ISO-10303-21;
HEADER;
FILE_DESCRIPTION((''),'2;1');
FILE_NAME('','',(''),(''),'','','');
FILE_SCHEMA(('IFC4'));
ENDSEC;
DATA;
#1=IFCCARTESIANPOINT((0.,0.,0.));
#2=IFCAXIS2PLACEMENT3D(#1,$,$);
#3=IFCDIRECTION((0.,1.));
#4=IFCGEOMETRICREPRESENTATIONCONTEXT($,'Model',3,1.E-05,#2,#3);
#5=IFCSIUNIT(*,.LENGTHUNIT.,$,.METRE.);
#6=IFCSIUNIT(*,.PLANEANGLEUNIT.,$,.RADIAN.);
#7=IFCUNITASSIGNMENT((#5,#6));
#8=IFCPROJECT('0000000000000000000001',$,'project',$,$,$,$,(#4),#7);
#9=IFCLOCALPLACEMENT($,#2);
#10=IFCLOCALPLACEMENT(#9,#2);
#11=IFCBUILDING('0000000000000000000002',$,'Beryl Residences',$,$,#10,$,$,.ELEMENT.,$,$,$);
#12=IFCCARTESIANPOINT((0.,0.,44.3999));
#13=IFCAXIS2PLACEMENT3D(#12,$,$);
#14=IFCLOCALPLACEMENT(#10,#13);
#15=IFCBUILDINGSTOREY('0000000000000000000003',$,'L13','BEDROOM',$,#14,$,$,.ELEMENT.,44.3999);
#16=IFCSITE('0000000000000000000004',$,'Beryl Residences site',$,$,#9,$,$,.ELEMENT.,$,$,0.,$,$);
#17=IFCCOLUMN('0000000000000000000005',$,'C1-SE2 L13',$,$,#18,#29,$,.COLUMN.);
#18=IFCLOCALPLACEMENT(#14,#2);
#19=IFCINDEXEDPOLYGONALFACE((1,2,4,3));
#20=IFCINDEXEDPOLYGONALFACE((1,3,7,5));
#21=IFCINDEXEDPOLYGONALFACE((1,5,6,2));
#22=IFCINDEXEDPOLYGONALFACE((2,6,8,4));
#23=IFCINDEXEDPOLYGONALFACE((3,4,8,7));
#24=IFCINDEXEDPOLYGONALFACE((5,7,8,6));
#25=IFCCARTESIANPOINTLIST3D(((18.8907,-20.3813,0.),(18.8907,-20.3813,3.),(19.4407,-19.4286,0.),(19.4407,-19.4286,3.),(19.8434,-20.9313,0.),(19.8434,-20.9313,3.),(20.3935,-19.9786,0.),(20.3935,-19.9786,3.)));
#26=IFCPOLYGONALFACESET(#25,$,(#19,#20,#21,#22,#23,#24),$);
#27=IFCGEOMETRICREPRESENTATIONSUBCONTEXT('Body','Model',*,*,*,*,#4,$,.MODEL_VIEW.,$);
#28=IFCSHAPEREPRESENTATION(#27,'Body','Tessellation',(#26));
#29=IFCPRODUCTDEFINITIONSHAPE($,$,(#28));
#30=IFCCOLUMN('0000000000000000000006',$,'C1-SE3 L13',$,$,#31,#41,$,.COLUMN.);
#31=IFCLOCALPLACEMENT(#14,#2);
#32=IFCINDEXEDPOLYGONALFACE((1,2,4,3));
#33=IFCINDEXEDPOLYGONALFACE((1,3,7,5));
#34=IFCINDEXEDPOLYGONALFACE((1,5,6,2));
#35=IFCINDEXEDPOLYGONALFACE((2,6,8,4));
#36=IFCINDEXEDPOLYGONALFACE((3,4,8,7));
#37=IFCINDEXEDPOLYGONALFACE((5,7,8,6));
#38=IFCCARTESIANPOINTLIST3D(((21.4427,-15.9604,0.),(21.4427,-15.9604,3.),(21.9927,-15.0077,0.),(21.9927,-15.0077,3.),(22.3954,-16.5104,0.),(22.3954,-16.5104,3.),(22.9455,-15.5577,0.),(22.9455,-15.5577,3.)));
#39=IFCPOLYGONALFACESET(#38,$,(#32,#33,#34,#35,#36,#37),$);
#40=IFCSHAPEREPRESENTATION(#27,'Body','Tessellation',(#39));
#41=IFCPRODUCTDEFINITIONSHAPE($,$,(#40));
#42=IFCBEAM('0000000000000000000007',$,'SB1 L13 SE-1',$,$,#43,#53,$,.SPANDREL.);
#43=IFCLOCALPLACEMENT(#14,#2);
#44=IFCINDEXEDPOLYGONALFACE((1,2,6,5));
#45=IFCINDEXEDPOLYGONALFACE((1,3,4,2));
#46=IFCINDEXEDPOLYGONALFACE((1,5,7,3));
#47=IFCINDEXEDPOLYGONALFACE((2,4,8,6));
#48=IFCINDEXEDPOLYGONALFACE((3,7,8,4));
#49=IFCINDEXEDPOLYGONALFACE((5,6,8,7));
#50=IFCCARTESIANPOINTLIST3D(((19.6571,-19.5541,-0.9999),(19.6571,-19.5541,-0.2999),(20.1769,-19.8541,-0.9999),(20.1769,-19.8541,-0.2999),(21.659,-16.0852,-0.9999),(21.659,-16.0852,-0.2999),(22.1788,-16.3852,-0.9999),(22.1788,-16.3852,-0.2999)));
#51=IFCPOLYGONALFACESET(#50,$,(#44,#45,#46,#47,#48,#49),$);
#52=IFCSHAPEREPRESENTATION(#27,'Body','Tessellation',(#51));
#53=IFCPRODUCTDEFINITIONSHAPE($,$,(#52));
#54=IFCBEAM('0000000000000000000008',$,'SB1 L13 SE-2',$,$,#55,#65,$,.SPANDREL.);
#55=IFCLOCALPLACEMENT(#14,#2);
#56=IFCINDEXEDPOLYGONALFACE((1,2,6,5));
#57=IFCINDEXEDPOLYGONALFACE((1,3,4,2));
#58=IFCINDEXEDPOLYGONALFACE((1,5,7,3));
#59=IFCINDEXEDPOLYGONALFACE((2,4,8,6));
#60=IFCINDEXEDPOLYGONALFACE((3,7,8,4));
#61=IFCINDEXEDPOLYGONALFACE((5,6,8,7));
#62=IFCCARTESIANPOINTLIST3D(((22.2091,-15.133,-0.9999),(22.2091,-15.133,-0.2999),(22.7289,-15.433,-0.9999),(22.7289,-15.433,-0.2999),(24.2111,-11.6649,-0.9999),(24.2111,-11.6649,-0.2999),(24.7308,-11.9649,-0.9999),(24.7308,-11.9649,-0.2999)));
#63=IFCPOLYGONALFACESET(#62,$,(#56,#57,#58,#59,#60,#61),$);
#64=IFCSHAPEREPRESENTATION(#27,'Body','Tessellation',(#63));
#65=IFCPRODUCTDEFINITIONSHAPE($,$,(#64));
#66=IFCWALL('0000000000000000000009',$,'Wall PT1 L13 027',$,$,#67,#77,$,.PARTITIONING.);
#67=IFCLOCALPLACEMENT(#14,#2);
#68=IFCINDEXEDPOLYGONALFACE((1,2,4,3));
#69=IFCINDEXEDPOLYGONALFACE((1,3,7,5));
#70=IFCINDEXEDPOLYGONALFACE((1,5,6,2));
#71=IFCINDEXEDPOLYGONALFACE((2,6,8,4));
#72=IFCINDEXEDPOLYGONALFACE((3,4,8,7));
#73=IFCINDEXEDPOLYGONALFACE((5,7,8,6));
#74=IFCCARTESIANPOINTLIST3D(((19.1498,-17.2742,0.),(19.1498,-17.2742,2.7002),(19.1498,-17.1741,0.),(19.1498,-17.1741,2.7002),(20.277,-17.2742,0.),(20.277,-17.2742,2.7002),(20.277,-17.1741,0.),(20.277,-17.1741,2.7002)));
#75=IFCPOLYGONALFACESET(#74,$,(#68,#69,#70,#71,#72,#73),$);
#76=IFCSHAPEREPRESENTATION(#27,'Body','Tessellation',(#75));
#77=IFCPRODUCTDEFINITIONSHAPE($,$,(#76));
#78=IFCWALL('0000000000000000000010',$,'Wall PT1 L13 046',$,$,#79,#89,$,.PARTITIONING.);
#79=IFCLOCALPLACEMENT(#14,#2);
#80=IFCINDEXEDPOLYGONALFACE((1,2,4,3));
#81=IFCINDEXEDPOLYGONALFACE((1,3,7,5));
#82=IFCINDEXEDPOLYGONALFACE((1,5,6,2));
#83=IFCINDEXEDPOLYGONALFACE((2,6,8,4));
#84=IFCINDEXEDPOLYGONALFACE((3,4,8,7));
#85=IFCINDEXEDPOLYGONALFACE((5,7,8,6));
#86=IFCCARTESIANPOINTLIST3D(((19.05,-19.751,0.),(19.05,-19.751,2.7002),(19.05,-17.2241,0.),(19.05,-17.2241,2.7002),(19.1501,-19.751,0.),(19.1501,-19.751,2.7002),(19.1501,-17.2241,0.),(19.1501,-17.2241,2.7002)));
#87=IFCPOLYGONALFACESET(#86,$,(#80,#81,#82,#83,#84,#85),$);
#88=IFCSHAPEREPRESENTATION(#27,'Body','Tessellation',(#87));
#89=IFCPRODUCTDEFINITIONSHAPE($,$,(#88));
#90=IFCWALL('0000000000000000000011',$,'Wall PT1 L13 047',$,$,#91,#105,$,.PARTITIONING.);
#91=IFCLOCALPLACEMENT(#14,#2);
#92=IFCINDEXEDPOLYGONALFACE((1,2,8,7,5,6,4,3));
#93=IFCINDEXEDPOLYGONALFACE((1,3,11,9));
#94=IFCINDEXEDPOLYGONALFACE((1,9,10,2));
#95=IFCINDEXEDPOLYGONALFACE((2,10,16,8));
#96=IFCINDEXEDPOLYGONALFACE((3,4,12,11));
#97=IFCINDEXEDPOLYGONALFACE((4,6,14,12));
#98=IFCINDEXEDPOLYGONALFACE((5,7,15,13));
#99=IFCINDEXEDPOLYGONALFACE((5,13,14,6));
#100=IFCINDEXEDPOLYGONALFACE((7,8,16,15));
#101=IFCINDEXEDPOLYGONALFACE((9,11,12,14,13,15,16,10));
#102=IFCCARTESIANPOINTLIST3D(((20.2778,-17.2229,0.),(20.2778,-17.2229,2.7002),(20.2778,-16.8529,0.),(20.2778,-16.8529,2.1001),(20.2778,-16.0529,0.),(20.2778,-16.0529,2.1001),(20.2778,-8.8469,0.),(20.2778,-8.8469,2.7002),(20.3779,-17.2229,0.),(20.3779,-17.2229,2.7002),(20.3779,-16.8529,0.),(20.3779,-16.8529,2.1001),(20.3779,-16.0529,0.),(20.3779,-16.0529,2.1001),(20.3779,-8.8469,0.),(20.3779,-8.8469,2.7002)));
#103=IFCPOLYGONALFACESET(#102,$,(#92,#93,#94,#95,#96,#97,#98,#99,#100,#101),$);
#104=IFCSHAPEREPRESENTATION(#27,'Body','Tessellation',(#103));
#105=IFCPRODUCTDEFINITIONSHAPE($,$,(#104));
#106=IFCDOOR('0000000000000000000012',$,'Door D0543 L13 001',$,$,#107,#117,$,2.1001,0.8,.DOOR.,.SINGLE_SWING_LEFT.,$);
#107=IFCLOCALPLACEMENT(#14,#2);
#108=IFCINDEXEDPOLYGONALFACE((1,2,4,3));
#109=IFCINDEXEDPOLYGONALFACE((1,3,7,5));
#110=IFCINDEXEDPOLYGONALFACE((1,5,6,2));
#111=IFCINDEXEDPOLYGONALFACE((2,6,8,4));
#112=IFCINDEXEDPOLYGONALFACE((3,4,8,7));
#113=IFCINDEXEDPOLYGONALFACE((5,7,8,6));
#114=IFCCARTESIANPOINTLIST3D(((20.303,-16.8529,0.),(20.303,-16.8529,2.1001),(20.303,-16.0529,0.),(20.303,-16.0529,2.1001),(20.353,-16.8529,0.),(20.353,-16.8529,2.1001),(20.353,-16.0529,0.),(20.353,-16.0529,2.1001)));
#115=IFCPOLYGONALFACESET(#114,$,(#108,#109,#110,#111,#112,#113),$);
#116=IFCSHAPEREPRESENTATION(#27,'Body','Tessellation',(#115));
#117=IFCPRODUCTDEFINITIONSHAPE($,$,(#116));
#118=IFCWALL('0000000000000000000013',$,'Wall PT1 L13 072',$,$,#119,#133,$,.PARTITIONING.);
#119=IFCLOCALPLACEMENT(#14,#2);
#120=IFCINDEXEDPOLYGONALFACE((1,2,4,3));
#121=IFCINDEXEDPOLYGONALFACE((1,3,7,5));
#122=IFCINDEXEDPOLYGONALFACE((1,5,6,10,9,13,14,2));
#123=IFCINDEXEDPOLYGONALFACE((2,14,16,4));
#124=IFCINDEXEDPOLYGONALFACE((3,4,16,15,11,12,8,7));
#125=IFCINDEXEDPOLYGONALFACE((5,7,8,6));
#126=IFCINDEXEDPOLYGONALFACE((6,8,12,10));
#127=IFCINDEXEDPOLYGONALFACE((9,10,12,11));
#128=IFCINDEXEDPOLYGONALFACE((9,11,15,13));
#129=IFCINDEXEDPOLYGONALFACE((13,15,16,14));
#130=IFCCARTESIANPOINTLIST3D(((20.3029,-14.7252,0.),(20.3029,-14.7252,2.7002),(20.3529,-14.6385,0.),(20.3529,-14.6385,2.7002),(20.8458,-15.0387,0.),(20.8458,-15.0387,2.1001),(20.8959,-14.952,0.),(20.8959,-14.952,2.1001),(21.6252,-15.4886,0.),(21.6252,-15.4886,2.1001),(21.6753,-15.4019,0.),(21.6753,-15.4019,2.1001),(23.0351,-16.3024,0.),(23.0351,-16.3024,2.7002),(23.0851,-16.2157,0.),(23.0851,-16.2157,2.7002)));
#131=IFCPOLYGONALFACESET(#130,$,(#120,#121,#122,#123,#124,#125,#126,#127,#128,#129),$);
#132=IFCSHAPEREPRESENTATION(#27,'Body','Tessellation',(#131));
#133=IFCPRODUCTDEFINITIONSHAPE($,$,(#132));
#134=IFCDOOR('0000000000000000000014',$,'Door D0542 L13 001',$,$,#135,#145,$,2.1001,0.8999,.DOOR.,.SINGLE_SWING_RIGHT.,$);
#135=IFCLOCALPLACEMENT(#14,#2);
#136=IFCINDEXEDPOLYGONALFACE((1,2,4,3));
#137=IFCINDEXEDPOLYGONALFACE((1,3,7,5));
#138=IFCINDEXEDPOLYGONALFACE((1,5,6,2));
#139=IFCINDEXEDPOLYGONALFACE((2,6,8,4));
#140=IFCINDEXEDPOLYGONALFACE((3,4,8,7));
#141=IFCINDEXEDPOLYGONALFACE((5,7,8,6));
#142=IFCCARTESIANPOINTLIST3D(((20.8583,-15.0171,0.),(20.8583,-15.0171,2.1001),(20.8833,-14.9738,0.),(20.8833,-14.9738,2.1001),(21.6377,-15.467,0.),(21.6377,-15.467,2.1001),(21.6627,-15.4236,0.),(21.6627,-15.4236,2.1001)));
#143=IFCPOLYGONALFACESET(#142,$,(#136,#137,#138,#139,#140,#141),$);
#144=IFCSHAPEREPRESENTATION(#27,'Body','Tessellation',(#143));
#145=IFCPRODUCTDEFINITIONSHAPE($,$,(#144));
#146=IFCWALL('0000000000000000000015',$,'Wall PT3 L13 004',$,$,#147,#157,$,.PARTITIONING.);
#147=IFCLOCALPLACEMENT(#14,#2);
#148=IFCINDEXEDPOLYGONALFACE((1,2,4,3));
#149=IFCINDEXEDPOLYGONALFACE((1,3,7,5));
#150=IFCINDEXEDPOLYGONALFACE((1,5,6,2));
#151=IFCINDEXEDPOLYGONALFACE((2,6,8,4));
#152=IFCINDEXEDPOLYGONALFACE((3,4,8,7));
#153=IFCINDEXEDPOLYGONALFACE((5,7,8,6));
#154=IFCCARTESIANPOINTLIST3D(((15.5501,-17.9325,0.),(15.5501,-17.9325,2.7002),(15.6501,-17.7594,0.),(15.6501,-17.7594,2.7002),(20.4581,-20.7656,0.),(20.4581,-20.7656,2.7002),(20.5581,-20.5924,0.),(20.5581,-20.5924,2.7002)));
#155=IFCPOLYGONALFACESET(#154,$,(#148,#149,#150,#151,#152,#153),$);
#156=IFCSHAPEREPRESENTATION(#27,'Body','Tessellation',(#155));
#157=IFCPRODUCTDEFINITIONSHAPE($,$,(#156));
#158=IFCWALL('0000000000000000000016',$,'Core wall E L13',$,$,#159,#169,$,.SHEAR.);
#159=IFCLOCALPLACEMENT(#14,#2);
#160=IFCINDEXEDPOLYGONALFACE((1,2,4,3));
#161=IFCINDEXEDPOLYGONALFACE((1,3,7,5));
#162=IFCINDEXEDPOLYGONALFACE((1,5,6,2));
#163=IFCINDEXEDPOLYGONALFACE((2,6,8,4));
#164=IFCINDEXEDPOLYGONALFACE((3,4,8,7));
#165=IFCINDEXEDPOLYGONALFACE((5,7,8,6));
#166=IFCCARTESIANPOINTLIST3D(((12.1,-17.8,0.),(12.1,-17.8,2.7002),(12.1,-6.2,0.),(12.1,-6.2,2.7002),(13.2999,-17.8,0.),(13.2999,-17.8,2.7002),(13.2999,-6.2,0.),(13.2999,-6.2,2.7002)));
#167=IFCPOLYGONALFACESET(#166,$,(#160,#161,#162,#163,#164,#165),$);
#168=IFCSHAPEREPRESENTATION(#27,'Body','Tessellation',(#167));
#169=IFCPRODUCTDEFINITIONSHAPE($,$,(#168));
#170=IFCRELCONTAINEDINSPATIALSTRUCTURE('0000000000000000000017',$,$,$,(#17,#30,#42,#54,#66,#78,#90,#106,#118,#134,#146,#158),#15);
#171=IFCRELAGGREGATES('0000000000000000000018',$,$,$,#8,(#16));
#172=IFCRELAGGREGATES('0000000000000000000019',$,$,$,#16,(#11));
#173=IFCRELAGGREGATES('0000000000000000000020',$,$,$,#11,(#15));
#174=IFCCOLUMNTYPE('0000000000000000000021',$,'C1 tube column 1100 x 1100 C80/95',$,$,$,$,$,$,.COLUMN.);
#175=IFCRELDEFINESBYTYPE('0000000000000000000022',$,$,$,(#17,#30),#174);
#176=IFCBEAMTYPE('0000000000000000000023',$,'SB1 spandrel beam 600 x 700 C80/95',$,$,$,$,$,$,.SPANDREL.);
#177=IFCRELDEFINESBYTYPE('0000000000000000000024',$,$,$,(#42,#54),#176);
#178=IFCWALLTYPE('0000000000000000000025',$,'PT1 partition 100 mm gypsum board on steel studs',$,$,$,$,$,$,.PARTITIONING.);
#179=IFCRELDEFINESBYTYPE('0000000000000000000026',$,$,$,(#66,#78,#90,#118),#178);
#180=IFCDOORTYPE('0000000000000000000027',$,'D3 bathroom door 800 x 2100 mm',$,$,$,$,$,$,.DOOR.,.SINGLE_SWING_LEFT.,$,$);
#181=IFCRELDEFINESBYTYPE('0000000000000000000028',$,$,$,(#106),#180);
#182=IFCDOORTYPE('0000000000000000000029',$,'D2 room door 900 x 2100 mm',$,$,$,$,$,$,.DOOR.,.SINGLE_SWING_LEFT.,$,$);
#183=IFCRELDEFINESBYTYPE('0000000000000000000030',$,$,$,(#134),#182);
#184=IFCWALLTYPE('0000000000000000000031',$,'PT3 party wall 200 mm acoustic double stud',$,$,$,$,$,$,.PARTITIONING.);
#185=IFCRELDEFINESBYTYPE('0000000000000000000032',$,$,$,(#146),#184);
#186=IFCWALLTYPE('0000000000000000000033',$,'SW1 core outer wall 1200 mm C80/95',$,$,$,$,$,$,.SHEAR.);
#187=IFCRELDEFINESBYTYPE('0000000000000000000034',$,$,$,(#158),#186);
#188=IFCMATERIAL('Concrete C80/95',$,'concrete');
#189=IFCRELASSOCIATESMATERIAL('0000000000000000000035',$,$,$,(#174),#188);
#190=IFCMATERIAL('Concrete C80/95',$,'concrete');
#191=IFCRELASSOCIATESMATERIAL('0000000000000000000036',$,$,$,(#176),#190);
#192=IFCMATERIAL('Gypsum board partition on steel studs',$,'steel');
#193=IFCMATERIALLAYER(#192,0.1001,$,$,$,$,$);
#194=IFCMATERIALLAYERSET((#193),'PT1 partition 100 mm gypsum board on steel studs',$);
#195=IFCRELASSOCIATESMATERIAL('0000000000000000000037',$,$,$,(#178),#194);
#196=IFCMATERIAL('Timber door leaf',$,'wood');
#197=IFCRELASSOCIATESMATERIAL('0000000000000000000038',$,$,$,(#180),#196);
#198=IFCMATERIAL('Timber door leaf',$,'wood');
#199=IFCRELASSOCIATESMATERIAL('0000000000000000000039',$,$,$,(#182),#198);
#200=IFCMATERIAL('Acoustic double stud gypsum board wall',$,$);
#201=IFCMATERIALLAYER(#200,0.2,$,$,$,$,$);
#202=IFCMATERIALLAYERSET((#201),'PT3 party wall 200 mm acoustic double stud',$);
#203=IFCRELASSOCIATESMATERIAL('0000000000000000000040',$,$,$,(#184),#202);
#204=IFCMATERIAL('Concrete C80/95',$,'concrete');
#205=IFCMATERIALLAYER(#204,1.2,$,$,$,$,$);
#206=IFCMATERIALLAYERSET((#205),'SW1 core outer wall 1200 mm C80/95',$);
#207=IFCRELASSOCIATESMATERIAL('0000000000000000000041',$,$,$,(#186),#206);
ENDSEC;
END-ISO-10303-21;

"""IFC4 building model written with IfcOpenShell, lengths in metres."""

from ifc_helpers import new_model, si_unit, direction, frame, frame_2d, origin, origin_2d, place, context, subcontext, project, spatial, rectangle, extrude, material, layer, layer_set, material_profile, profile_set, type_object, element, fill, save


model = new_model("IFC4")

# Units and contexts
model_context = context("Model", 3, precision=1e-05, world=origin(), true_north=direction((0.0, 1.0)))
body_context = subcontext(model_context, "Body", "Model", "MODEL_VIEW")
ifc_project = project(units=[si_unit("LENGTHUNIT", "METRE"), si_unit("PLANEANGLEUNIT", "RADIAN")], contexts=[model_context])

# Site, building, storey
site_placement = place(None, origin())
site = spatial("IfcSite", under=ifc_project, at=site_placement, Name="Beryl Residences site", CompositionType="ELEMENT", RefElevation=0.0)
building_placement = place(site_placement, origin())
building = spatial("IfcBuilding", under=site, at=building_placement, Name="Beryl Residences", CompositionType="ELEMENT")
storey_placement = place(building_placement, frame((0.0, 0.0, 44.3999)))
storey = spatial("IfcBuildingStorey", under=building, at=storey_placement, Name="L13", Description="BEDROOM", CompositionType="ELEMENT", Elevation=44.3999)

# Columns
ifc_material_1 = material(Name="Concrete C80/95", Category="concrete")
ifc_material_profile_1 = material_profile(ifc_material_1, rectangle(XDim=1.1001, YDim=1.1001, at=origin_2d()))
ifc_profile_set_1 = profile_set([ifc_material_profile_1], Name="Concrete C80/95")
column_type = type_object("IfcColumnType", Name="C1 tube column 1100 x 1100 C80/95", PredefinedType="COLUMN", material=ifc_profile_set_1)
for number, where, z_axis, x_axis, name in (
    (1, (19.6421, -20.1799, 0.0), (0.0, 0.0, 1.0), (0.499985, 0.866034, 0.0), "C1-SE2 L13"),
    (2, (22.1941, -15.759, 0.0), (0.0, 0.0, 1.0), (0.499985, 0.866034, 0.0), "C1-SE3 L13"),
):
    element("IfcColumn", number, at=place(storey_placement, frame(where, z_axis=z_axis, x_axis=x_axis)), inside=storey, type_object=column_type, Name=name, PredefinedType="COLUMN", context=body_context, shape_type="SweptSolid", body=[
        extrude(rectangle(XDim=1.1001, YDim=1.1001, at=origin_2d()), origin(), (0.0, 0.0, 1.0), 3.0),
    ])

# Beams
ifc_material_2 = material(Name="Concrete C80/95", Category="concrete")
ifc_material_profile_2 = material_profile(ifc_material_2, rectangle(XDim=0.6001, YDim=0.7, at=origin_2d()))
ifc_profile_set_2 = profile_set([ifc_material_profile_2], Name="Concrete C80/95")
beam_type = type_object("IfcBeamType", Name="SB1 spandrel beam 600 x 700 C80/95", PredefinedType="SPANDREL", material=ifc_profile_set_2)
beam_1_placement = place(storey_placement, frame((19.917, -19.7041, -0.6499), z_axis=(0.499837, 0.86612, 0.0), x_axis=(-0.86612, 0.499837, 0.0)))
element("IfcBeam", 3, at=beam_1_placement, inside=storey, type_object=beam_type, Name="SB1 L13 SE-1", PredefinedType="SPANDREL", context=body_context, shape_type="SweptSolid", body=[
    extrude(rectangle(XDim=0.6001, YDim=0.7, at=origin_2d()), origin(), (0.0, 0.0, 1.0), 4.0051),
])
beam_2_placement = place(storey_placement, frame((22.469, -15.283, -0.6499), z_axis=(0.499942, 0.866059, 0.0), x_axis=(-0.866059, 0.499942, 0.0)))
element("IfcBeam", 4, at=beam_2_placement, inside=storey, type_object=beam_type, Name="SB1 L13 SE-2", PredefinedType="SPANDREL", context=body_context, shape_type="SweptSolid", body=[
    extrude(rectangle(XDim=0.6001, YDim=0.7, at=origin_2d()), origin(), (0.0, 0.0, 1.0), 4.0044),
])

# Walls
ifc_material_3 = material(Name="Gypsum board partition on steel studs", Category="steel")
ifc_layer_1 = layer(ifc_material_3, 0.1001)
ifc_layer_set_1 = layer_set([ifc_layer_1], Name="PT1 partition 100 mm gypsum board on steel studs")
wall_type_1 = type_object("IfcWallType", Name="PT1 partition 100 mm gypsum board on steel studs", PredefinedType="PARTITIONING", material=ifc_layer_set_1)
wall_1_placement = place(storey_placement, frame((19.1499, -17.2241, 0.0), z_axis=(0.0, 0.0, 1.0), x_axis=(1.0, 0.0, 0.0)))
element("IfcWall", 5, at=wall_1_placement, inside=storey, type_object=wall_type_1, Name="Wall PT1 L13 027", PredefinedType="PARTITIONING", context=body_context, shape_type="SweptSolid", body=[
    extrude(rectangle(XDim=1.1272, YDim=0.1001, at=frame_2d((0.5635, 0.0))), origin(), (0.0, 0.0, 1.0), 2.7002),
])
wall_2_placement = place(storey_placement, frame((19.1001, -19.751, 0.0), z_axis=(0.0, 0.0, 1.0), x_axis=(0.0, 1.0, 0.0)))
element("IfcWall", 6, at=wall_2_placement, inside=storey, type_object=wall_type_1, Name="Wall PT1 L13 046", PredefinedType="PARTITIONING", context=body_context, shape_type="SweptSolid", body=[
    extrude(rectangle(XDim=2.5269, YDim=0.1001, at=frame_2d((1.2634, 0.0))), origin(), (0.0, 0.0, 1.0), 2.7002),
])

# Walls, openings, doors
wall_3_placement = place(storey_placement, frame((20.3279, -17.2229, 0.0), z_axis=(0.0, 0.0, 1.0), x_axis=(0.0, 1.0, 0.0)))
wall_3 = element("IfcWall", 7, at=wall_3_placement, inside=storey, type_object=wall_type_1, Name="Wall PT1 L13 047", PredefinedType="PARTITIONING", context=body_context, shape_type="SweptSolid", body=[
    extrude(rectangle(XDim=8.376, YDim=0.1001, at=frame_2d((4.188, 0.0))), origin(), (0.0, 0.0, 1.0), 2.7002),
])
opening_1_placement = place(wall_3_placement, frame((0.3701, 0.0, 0.0)))
opening_1 = element("IfcOpeningElement", 8, at=opening_1_placement, cuts=wall_3, PredefinedType="OPENING", context=body_context, shape_type="SweptSolid", body=[
    extrude(rectangle(XDim=0.8, YDim=2.1001, at=frame_2d((0.3999, 1.05))), frame((0.0, 0.0601, 0.0), z_axis=(0.0, -1.0, 0.0), x_axis=(1.0, 0.0, 0.0)), (0.0, 0.0, 1.0), 0.1201),
])
ifc_material_4 = material(Name="Timber door leaf", Category="wood")
door_type_1 = type_object("IfcDoorType", Name="D3 bathroom door 800 x 2100 mm", OperationType="SINGLE_SWING_LEFT", PredefinedType="DOOR", material=ifc_material_4)
door_1_placement = place(opening_1_placement, origin())
door_1 = element("IfcDoor", 9, at=door_1_placement, inside=storey, type_object=door_type_1, Name="Door D0543 L13 001", OperationType="SINGLE_SWING_LEFT", OverallHeight=2.1001, OverallWidth=0.8, PredefinedType="DOOR", context=body_context, shape_type="SweptSolid", body=[
    extrude(rectangle(XDim=0.8, YDim=2.1001, at=frame_2d((0.3999, 1.05))), frame((0.0, 0.0249, 0.0), z_axis=(0.0, -1.0, 0.0), x_axis=(1.0, 0.0, 0.0)), (0.0, 0.0, 1.0), 0.05),
])
fill(opening_1, door_1)
wall_4_placement = place(storey_placement, frame((20.3279, -14.6819, 0.0), z_axis=(0.0, 0.0, 1.0), x_axis=(0.866063, -0.499935, 0.0)))
wall_4 = element("IfcWall", 10, at=wall_4_placement, inside=storey, type_object=wall_type_1, Name="Wall PT1 L13 072", PredefinedType="PARTITIONING", context=body_context, shape_type="SweptSolid", body=[
    extrude(rectangle(XDim=3.1548, YDim=0.1001, at=frame_2d((1.5774, 0.0))), origin(), (0.0, 0.0, 1.0), 2.7002),
])
opening_2_placement = place(wall_4_placement, frame((0.627, 0.0, 0.0)))
opening_2 = element("IfcOpeningElement", 11, at=opening_2_placement, cuts=wall_4, PredefinedType="OPENING", context=body_context, shape_type="SweptSolid", body=[
    extrude(rectangle(XDim=0.8999, YDim=2.1001, at=frame_2d((0.45, 1.05))), frame((0.0, 0.0601, 0.0), z_axis=(0.0, -1.0, 0.0), x_axis=(1.0, 0.0, 0.0)), (0.0, 0.0, 1.0), 0.1201),
])
ifc_material_5 = material(Name="Timber door leaf", Category="wood")
door_type_2 = type_object("IfcDoorType", Name="D2 room door 900 x 2100 mm", OperationType="SINGLE_SWING_LEFT", PredefinedType="DOOR", material=ifc_material_5)
door_2_placement = place(opening_2_placement, origin())
door_2 = element("IfcDoor", 12, at=door_2_placement, inside=storey, type_object=door_type_2, Name="Door D0542 L13 001", OperationType="SINGLE_SWING_RIGHT", OverallHeight=2.1001, OverallWidth=0.8999, PredefinedType="DOOR", context=body_context, shape_type="SweptSolid", body=[
    extrude(rectangle(XDim=0.8999, YDim=2.1001, at=frame_2d((0.45, 1.05))), frame((0.0, 0.0249, 0.0), z_axis=(0.0, -1.0, 0.0), x_axis=(1.0, 0.0, 0.0)), (0.0, 0.0, 1.0), 0.05),
])
fill(opening_2, door_2)

# Walls
ifc_material_6 = material(Name="Acoustic double stud gypsum board wall")
ifc_layer_2 = layer(ifc_material_6, 0.2)
ifc_layer_set_2 = layer_set([ifc_layer_2], Name="PT3 party wall 200 mm acoustic double stud")
wall_type_2 = type_object("IfcWallType", Name="PT3 party wall 200 mm acoustic double stud", PredefinedType="PARTITIONING", material=ifc_layer_set_2)
wall_5_placement = place(storey_placement, frame((15.6001, -17.8459, 0.0), z_axis=(0.0, 0.0, 1.0), x_axis=(0.866072, -0.49992, 0.0)))
element("IfcWall", 13, at=wall_5_placement, inside=storey, type_object=wall_type_2, Name="Wall PT3 L13 004", PredefinedType="PARTITIONING", context=body_context, shape_type="SweptSolid", body=[
    extrude(rectangle(XDim=5.667, YDim=0.2, at=frame_2d((2.8335, 0.0))), origin(), (0.0, 0.0, 1.0), 2.7002),
])
ifc_material_7 = material(Name="Concrete C80/95", Category="concrete")
ifc_layer_3 = layer(ifc_material_7, 1.2)
ifc_layer_set_3 = layer_set([ifc_layer_3], Name="SW1 core outer wall 1200 mm C80/95")
wall_type_3 = type_object("IfcWallType", Name="SW1 core outer wall 1200 mm C80/95", PredefinedType="SHEAR", material=ifc_layer_set_3)
wall_6_placement = place(storey_placement, frame((12.7, -17.8, 0.0), z_axis=(0.0, 0.0, 1.0), x_axis=(0.0, 1.0, 0.0)))
element("IfcWall", 14, at=wall_6_placement, inside=storey, type_object=wall_type_3, Name="Core wall E L13", PredefinedType="SHEAR", context=body_context, shape_type="SweptSolid", body=[
    extrude(rectangle(XDim=11.6001, YDim=1.2, at=frame_2d((5.8, 0.0))), origin(), (0.0, 0.0, 1.0), 2.7002),
])

save(model, "model.ifc")
